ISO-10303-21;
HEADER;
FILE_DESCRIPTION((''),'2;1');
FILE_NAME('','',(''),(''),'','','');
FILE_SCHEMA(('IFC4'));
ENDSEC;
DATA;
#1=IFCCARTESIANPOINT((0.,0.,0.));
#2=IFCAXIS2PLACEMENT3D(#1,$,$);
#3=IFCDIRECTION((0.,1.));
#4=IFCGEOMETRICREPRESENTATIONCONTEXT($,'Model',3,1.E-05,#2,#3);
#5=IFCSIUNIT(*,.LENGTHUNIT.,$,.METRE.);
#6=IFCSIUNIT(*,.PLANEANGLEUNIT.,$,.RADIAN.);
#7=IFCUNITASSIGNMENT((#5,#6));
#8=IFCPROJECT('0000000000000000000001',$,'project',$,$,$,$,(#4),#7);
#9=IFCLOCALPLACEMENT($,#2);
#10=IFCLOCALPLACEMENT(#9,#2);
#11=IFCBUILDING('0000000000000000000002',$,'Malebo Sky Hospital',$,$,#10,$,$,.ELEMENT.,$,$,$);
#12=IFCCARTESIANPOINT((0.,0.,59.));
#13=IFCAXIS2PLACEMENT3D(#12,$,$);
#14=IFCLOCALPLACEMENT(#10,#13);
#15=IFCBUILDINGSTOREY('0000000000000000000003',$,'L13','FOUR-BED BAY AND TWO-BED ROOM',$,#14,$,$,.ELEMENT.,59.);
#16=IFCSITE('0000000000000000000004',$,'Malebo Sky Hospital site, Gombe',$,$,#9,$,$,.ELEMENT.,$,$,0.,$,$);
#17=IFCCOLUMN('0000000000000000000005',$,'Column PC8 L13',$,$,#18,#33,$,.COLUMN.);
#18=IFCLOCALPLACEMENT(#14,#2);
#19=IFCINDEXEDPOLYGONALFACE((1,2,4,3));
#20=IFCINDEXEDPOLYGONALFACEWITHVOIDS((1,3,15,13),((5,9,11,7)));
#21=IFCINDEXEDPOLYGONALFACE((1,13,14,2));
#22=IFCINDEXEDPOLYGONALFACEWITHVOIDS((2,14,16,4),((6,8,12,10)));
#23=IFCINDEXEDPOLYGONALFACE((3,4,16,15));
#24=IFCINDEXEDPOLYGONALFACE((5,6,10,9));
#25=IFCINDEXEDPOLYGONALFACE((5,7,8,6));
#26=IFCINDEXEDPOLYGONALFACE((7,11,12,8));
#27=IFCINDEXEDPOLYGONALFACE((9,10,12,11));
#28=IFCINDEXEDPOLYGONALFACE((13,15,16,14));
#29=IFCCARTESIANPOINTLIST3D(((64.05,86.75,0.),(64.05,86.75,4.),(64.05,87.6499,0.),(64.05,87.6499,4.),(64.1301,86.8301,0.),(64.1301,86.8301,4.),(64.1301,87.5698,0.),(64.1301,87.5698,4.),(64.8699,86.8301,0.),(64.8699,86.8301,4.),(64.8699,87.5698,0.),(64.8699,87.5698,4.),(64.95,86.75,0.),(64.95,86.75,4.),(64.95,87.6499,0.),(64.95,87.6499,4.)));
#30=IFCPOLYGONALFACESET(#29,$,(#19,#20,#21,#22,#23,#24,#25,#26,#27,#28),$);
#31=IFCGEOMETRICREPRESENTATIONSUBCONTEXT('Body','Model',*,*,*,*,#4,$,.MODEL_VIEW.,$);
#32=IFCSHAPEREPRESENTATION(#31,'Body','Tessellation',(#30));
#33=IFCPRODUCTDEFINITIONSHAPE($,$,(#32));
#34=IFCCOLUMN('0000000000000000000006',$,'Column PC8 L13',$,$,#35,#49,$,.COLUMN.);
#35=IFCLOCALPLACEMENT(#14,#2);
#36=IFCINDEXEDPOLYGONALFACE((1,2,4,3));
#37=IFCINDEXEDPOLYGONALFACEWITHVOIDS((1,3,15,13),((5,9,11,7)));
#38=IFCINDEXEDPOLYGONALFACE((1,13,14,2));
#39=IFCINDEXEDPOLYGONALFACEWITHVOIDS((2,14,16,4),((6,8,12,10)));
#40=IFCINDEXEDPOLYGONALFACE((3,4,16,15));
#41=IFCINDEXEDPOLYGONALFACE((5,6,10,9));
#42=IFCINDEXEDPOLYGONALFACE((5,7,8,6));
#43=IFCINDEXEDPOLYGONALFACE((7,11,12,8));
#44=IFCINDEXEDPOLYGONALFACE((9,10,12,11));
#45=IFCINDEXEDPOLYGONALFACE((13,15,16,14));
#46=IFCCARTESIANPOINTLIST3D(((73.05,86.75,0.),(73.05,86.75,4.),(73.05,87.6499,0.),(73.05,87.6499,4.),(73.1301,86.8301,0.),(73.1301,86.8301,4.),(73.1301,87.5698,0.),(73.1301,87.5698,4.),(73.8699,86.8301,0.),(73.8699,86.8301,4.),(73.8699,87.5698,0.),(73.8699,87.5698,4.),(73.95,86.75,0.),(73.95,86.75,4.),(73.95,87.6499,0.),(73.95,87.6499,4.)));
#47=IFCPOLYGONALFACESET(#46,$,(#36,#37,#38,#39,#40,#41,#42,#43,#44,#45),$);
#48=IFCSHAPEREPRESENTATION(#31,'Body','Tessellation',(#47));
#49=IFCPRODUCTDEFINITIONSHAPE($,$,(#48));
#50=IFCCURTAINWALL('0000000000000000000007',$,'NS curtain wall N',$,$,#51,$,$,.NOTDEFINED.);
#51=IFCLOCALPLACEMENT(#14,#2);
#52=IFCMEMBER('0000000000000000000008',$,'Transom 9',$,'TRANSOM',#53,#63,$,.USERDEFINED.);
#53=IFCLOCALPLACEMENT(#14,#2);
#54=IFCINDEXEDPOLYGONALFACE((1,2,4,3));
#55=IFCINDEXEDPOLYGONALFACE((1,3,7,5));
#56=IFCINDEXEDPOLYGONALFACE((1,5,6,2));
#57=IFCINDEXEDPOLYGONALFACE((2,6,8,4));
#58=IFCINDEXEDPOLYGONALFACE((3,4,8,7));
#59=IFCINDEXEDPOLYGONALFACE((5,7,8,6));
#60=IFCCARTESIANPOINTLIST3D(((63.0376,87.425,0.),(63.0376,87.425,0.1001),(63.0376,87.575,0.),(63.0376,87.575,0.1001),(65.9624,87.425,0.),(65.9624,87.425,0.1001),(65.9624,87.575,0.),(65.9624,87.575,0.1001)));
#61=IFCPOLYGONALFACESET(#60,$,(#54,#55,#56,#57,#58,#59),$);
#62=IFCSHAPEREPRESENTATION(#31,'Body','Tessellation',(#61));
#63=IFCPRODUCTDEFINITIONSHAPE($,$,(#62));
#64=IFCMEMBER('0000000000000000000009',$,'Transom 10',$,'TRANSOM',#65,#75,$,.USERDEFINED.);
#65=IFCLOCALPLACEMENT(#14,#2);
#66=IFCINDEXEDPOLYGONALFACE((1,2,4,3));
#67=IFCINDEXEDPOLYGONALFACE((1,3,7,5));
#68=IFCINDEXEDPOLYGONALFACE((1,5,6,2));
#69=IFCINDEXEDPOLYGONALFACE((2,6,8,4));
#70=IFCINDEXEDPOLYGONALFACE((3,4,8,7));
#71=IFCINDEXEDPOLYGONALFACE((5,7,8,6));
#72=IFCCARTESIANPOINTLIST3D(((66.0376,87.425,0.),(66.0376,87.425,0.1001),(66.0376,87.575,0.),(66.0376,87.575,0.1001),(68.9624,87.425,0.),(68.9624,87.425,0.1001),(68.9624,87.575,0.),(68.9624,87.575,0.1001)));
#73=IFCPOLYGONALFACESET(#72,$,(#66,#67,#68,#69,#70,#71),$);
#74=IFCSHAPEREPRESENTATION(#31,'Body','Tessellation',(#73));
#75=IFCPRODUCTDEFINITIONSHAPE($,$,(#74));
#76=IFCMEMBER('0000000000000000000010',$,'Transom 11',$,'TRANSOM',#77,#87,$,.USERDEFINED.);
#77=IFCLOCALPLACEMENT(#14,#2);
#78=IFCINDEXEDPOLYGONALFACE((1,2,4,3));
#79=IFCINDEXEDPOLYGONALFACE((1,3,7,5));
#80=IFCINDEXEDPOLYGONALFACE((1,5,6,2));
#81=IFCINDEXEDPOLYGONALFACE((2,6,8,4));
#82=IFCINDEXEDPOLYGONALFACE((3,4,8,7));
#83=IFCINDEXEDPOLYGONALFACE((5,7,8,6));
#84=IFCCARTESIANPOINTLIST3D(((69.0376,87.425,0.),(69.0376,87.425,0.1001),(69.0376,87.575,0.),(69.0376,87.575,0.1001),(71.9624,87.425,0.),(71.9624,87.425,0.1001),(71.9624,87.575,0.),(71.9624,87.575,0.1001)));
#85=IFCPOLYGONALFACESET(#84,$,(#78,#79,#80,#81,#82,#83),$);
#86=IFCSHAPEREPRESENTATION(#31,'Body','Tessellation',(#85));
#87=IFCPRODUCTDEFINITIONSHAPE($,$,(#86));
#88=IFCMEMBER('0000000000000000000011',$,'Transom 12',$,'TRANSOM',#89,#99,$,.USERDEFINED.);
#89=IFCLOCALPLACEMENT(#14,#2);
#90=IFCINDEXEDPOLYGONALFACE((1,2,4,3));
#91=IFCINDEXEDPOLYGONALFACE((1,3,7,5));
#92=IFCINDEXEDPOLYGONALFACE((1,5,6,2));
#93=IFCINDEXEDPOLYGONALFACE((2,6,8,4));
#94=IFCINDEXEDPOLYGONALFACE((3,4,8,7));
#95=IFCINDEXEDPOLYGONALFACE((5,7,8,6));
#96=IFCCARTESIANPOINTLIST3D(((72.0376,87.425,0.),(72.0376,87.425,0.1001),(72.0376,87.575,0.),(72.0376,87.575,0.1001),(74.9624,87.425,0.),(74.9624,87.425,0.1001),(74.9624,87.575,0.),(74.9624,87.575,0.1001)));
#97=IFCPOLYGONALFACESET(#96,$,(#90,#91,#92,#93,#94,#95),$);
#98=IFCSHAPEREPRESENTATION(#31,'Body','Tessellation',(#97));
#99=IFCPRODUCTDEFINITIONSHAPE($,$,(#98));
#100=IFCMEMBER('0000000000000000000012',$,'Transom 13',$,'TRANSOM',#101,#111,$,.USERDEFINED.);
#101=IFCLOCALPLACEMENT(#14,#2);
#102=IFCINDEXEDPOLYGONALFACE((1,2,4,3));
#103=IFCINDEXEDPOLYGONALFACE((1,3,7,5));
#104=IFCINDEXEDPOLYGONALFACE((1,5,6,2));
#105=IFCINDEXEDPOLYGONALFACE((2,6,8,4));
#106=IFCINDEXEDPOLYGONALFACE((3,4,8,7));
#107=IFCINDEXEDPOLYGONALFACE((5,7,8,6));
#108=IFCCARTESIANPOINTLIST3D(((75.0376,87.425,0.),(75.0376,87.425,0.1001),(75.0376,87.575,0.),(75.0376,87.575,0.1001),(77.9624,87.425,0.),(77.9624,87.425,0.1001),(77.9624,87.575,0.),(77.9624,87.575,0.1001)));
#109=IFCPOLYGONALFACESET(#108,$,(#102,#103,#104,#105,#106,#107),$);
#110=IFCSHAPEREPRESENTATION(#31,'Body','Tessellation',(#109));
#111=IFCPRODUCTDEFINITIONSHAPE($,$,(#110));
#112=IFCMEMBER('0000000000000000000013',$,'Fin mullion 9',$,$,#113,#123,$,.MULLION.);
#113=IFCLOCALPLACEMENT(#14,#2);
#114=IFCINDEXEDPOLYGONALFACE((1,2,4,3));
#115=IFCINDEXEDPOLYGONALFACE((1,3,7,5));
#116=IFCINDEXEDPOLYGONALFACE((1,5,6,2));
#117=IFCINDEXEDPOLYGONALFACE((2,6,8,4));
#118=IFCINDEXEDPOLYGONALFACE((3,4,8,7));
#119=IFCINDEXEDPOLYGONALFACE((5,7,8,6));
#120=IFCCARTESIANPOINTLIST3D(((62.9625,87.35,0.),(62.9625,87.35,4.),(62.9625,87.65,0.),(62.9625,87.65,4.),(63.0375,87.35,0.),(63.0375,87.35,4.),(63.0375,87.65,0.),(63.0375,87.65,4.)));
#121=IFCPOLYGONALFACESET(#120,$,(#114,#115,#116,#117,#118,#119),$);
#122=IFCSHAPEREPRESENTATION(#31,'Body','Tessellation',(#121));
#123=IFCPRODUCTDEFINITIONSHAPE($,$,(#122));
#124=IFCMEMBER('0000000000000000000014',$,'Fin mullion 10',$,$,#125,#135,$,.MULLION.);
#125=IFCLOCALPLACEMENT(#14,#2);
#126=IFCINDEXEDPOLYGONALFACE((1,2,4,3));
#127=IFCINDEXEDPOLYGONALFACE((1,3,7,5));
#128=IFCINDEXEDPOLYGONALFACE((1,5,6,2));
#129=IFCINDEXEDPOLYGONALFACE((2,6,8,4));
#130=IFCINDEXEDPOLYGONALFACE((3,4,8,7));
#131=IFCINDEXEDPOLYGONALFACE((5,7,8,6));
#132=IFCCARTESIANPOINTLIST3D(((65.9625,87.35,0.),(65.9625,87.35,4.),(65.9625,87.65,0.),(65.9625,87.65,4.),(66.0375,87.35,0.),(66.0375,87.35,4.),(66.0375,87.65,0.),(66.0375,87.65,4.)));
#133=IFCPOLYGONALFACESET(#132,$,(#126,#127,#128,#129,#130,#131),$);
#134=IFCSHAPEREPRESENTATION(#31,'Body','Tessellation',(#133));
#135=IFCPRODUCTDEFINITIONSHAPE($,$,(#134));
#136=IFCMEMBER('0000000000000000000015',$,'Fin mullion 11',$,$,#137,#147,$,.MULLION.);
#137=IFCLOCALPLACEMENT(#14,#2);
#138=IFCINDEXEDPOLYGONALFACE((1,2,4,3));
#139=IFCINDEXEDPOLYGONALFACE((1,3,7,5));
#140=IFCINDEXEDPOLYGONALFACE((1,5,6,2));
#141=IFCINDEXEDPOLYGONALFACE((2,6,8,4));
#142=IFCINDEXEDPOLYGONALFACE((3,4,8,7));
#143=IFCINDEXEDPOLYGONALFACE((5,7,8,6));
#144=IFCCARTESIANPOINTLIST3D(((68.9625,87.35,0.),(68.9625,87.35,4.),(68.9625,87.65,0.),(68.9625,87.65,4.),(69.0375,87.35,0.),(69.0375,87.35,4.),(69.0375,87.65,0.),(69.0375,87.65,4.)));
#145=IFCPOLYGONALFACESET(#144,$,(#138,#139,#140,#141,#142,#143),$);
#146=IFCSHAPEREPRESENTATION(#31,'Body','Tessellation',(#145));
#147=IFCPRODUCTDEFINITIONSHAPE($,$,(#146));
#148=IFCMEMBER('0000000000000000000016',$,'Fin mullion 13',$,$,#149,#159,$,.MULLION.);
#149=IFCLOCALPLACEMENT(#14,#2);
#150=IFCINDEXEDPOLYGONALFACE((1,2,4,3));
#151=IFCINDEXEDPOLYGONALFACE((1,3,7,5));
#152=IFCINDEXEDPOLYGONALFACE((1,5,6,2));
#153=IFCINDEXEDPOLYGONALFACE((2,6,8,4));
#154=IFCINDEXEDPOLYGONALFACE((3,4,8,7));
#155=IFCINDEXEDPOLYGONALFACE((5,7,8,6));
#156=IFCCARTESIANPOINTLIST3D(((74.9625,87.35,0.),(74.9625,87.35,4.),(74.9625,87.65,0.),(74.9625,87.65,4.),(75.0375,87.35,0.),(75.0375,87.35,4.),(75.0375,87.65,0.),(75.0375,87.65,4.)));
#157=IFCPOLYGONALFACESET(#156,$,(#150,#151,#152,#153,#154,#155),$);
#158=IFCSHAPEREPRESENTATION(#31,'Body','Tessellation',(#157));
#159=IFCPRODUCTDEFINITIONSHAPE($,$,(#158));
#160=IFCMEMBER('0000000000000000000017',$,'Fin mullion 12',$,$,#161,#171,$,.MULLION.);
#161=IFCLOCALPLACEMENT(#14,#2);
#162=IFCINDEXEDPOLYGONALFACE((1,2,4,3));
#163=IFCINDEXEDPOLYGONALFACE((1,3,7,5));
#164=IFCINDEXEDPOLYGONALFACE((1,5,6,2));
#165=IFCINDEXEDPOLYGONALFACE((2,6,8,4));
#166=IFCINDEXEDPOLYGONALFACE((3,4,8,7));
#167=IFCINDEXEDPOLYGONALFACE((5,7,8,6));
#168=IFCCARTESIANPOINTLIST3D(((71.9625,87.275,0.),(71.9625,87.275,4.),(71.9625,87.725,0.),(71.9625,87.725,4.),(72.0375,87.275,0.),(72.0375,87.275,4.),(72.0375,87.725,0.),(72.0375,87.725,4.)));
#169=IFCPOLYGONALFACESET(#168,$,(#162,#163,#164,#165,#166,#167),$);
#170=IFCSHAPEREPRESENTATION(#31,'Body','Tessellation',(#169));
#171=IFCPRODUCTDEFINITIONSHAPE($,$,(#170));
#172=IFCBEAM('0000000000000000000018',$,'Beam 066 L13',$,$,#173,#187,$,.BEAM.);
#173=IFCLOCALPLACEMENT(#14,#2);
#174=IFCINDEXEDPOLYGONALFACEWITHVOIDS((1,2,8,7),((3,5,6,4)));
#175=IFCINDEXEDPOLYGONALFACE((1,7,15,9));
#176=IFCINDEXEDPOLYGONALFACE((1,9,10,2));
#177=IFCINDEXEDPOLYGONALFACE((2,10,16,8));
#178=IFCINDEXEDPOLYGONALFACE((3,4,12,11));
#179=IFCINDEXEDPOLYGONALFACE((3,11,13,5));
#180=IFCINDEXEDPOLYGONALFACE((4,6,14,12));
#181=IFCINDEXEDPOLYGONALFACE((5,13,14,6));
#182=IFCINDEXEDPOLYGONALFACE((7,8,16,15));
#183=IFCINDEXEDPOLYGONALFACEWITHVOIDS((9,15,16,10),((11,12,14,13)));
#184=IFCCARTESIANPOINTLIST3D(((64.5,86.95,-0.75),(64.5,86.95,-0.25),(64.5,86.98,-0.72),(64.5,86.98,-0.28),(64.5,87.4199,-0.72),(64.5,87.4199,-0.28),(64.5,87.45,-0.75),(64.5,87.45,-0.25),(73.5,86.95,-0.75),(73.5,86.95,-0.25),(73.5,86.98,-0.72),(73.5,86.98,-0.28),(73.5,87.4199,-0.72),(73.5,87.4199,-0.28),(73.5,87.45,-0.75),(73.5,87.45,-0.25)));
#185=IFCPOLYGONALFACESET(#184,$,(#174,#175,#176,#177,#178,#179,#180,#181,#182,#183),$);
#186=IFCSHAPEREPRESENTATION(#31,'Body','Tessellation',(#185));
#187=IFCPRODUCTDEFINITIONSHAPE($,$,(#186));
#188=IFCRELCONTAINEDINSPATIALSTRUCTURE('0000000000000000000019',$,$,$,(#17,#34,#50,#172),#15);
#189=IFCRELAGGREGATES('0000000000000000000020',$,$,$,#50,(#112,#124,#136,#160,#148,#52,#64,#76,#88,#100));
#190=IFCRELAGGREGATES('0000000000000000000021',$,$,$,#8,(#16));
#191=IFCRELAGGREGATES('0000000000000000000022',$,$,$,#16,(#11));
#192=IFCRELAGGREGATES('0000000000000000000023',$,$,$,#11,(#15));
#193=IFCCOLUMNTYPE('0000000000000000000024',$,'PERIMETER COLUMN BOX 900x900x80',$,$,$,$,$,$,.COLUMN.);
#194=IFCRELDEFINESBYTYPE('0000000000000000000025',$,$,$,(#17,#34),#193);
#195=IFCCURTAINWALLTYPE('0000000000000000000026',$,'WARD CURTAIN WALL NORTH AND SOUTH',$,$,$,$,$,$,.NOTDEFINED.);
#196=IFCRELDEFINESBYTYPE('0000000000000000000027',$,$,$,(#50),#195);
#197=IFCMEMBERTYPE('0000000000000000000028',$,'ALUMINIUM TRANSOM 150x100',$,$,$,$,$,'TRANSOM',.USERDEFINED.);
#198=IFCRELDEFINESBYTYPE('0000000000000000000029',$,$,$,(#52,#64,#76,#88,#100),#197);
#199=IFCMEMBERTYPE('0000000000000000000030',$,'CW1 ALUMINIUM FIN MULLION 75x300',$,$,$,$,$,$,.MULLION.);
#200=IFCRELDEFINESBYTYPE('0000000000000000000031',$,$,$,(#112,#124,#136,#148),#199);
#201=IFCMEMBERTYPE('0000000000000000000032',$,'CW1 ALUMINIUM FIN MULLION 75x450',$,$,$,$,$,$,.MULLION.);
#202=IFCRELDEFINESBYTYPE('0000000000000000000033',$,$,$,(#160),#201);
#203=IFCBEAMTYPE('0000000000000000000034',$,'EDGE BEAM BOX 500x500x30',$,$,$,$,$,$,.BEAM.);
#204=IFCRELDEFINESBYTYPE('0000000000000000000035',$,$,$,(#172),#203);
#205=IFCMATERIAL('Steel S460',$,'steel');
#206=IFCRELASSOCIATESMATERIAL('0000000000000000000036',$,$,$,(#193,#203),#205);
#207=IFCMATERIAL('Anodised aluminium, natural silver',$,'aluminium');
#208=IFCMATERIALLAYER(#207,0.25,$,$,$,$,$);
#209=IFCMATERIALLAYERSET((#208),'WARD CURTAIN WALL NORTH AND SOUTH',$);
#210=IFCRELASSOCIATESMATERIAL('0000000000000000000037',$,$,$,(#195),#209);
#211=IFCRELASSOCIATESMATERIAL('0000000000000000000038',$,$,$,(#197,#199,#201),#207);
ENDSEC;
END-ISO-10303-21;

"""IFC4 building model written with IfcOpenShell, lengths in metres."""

from ifc_helpers import new_model, si_unit, direction, frame, origin, origin_2d, place, context, subcontext, project, spatial, rectangle, hollow_rectangle, extrude, material, layer, layer_set, material_profile, profile_set, type_object, element, aggregate, save


model = new_model("IFC4")

# Units and contexts
model_context = context("Model", 3, precision=1e-05, world=origin(), true_north=direction((0.0, 1.0)))
body_context = subcontext(model_context, "Body", "Model", "MODEL_VIEW")
ifc_project = project(units=[si_unit("LENGTHUNIT", "METRE"), si_unit("PLANEANGLEUNIT", "RADIAN")], contexts=[model_context])

# Site, building, storey
site_placement = place(None, origin())
site = spatial("IfcSite", under=ifc_project, at=site_placement, Name="Malebo Sky Hospital site, Gombe", CompositionType="ELEMENT", RefElevation=0.0)
building_placement = place(site_placement, origin())
building = spatial("IfcBuilding", under=site, at=building_placement, Name="Malebo Sky Hospital", CompositionType="ELEMENT")
storey_placement = place(building_placement, frame((0.0, 0.0, 59.0)))
storey = spatial("IfcBuildingStorey", under=building, at=storey_placement, Name="L13", Description="FOUR-BED BAY AND TWO-BED ROOM", CompositionType="ELEMENT", Elevation=59.0)

# Columns
ifc_material_1 = material(Name="Steel S460", Category="steel")
ifc_material_profile_1 = material_profile(ifc_material_1, hollow_rectangle(XDim=0.8999, YDim=0.8999, WallThickness=0.0801, at=origin_2d()), Name="BOX 900x900x80")
ifc_profile_set_1 = profile_set([ifc_material_profile_1], Name="Steel S460")
column_type = type_object("IfcColumnType", Name="PERIMETER COLUMN BOX 900x900x80", PredefinedType="COLUMN", material=ifc_profile_set_1)
for number, where, z_axis, x_axis, name in (
    (1, (64.5, 87.2, 0.0), (0.0, 0.0, 1.0), (1.0, 0.0, 0.0), "Column PC8 L13"),
    (2, (73.5, 87.2, 0.0), (0.0, 0.0, 1.0), (1.0, 0.0, 0.0), "Column PC8 L13"),
):
    element("IfcColumn", number, at=place(storey_placement, frame(where, z_axis=z_axis, x_axis=x_axis)), inside=storey, type_object=column_type, Name=name, PredefinedType="COLUMN", context=body_context, shape_type="SweptSolid", body=[
        extrude(hollow_rectangle(XDim=0.8999, YDim=0.8999, WallThickness=0.0801, at=origin_2d()), origin(), (0.0, 0.0, 1.0), 4.0),
    ])

# Curtain wall, members
ifc_material_2 = material(Name="Anodised aluminium, natural silver", Category="aluminium")
ifc_layer_1 = layer(ifc_material_2, 0.25)
ifc_layer_set_1 = layer_set([ifc_layer_1], Name="WARD CURTAIN WALL NORTH AND SOUTH")
curtain_wall_type = type_object("IfcCurtainWallType", Name="WARD CURTAIN WALL NORTH AND SOUTH", PredefinedType="NOTDEFINED", material=ifc_layer_set_1)
curtain_wall_placement = place(storey_placement, origin())
curtain_wall = element("IfcCurtainWall", 3, at=curtain_wall_placement, inside=storey, type_object=curtain_wall_type, Name="NS curtain wall N", PredefinedType="NOTDEFINED")
ifc_material_profile_2 = material_profile(ifc_material_2, rectangle(XDim=0.1499, YDim=0.1001, at=origin_2d()), Name="ALUMINIUM TRANSOM 150x100")
ifc_profile_set_2 = profile_set([ifc_material_profile_2], Name="Anodised aluminium, natural silver")
member_type_1 = type_object("IfcMemberType", Name="ALUMINIUM TRANSOM 150x100", ElementType="TRANSOM", PredefinedType="USERDEFINED", material=ifc_profile_set_2)
member_1_placement = place(storey_placement, frame((63.0376, 87.5, 0.05), z_axis=(1.0, 0.0, 0.0), x_axis=(0.0, 1.0, 0.0)))
member_1 = element("IfcMember", 4, at=member_1_placement, type_object=member_type_1, Name="Transom 9", ObjectType="TRANSOM", PredefinedType="USERDEFINED", context=body_context, shape_type="SweptSolid", body=[
    extrude(rectangle(XDim=0.1499, YDim=0.1001, at=origin_2d()), origin(), (0.0, 0.0, 1.0), 2.9248),
])
member_2_placement = place(storey_placement, frame((66.0376, 87.5, 0.05), z_axis=(1.0, 0.0, 0.0), x_axis=(0.0, 1.0, 0.0)))
member_2 = element("IfcMember", 5, at=member_2_placement, type_object=member_type_1, Name="Transom 10", ObjectType="TRANSOM", PredefinedType="USERDEFINED", context=body_context, shape_type="SweptSolid", body=[
    extrude(rectangle(XDim=0.1499, YDim=0.1001, at=origin_2d()), origin(), (0.0, 0.0, 1.0), 2.9248),
])
member_3_placement = place(storey_placement, frame((69.0376, 87.5, 0.05), z_axis=(1.0, 0.0, 0.0), x_axis=(0.0, 1.0, 0.0)))
member_3 = element("IfcMember", 6, at=member_3_placement, type_object=member_type_1, Name="Transom 11", ObjectType="TRANSOM", PredefinedType="USERDEFINED", context=body_context, shape_type="SweptSolid", body=[
    extrude(rectangle(XDim=0.1499, YDim=0.1001, at=origin_2d()), origin(), (0.0, 0.0, 1.0), 2.9248),
])
member_4_placement = place(storey_placement, frame((72.0376, 87.5, 0.05), z_axis=(1.0, 0.0, 0.0), x_axis=(0.0, 1.0, 0.0)))
member_4 = element("IfcMember", 7, at=member_4_placement, type_object=member_type_1, Name="Transom 12", ObjectType="TRANSOM", PredefinedType="USERDEFINED", context=body_context, shape_type="SweptSolid", body=[
    extrude(rectangle(XDim=0.1499, YDim=0.1001, at=origin_2d()), origin(), (0.0, 0.0, 1.0), 2.9248),
])
member_5_placement = place(storey_placement, frame((75.0376, 87.5, 0.05), z_axis=(1.0, 0.0, 0.0), x_axis=(0.0, 1.0, 0.0)))
member_5 = element("IfcMember", 8, at=member_5_placement, type_object=member_type_1, Name="Transom 13", ObjectType="TRANSOM", PredefinedType="USERDEFINED", context=body_context, shape_type="SweptSolid", body=[
    extrude(rectangle(XDim=0.1499, YDim=0.1001, at=origin_2d()), origin(), (0.0, 0.0, 1.0), 2.9248),
])
ifc_material_profile_3 = material_profile(ifc_material_2, rectangle(XDim=0.075, YDim=0.3, at=origin_2d()), Name="CW1 ALUMINIUM FIN MULLION 75x300")
ifc_profile_set_3 = profile_set([ifc_material_profile_3], Name="Anodised aluminium, natural silver")
member_type_2 = type_object("IfcMemberType", Name="CW1 ALUMINIUM FIN MULLION 75x300", PredefinedType="MULLION", material=ifc_profile_set_3)
member_6_placement = place(storey_placement, frame((63.0, 87.5, 0.0), z_axis=(0.0, 0.0, 1.0), x_axis=(1.0, 0.0, 0.0)))
member_6 = element("IfcMember", 9, at=member_6_placement, type_object=member_type_2, Name="Fin mullion 9", PredefinedType="MULLION", context=body_context, shape_type="SweptSolid", body=[
    extrude(rectangle(XDim=0.075, YDim=0.3, at=origin_2d()), origin(), (0.0, 0.0, 1.0), 4.0),
])
member_7_placement = place(storey_placement, frame((66.0, 87.5, 0.0), z_axis=(0.0, 0.0, 1.0), x_axis=(1.0, 0.0, 0.0)))
member_7 = element("IfcMember", 10, at=member_7_placement, type_object=member_type_2, Name="Fin mullion 10", PredefinedType="MULLION", context=body_context, shape_type="SweptSolid", body=[
    extrude(rectangle(XDim=0.075, YDim=0.3, at=origin_2d()), origin(), (0.0, 0.0, 1.0), 4.0),
])
member_8_placement = place(storey_placement, frame((69.0, 87.5, 0.0), z_axis=(0.0, 0.0, 1.0), x_axis=(1.0, 0.0, 0.0)))
member_8 = element("IfcMember", 11, at=member_8_placement, type_object=member_type_2, Name="Fin mullion 11", PredefinedType="MULLION", context=body_context, shape_type="SweptSolid", body=[
    extrude(rectangle(XDim=0.075, YDim=0.3, at=origin_2d()), origin(), (0.0, 0.0, 1.0), 4.0),
])
member_9_placement = place(storey_placement, frame((75.0, 87.5, 0.0), z_axis=(0.0, 0.0, 1.0), x_axis=(1.0, 0.0, 0.0)))
member_9 = element("IfcMember", 12, at=member_9_placement, type_object=member_type_2, Name="Fin mullion 13", PredefinedType="MULLION", context=body_context, shape_type="SweptSolid", body=[
    extrude(rectangle(XDim=0.075, YDim=0.3, at=origin_2d()), origin(), (0.0, 0.0, 1.0), 4.0),
])
ifc_material_profile_4 = material_profile(ifc_material_2, rectangle(XDim=0.075, YDim=0.45, at=origin_2d()), Name="CW1 ALUMINIUM FIN MULLION 75x450")
ifc_profile_set_4 = profile_set([ifc_material_profile_4], Name="Anodised aluminium, natural silver")
member_type_3 = type_object("IfcMemberType", Name="CW1 ALUMINIUM FIN MULLION 75x450", PredefinedType="MULLION", material=ifc_profile_set_4)
member_10_placement = place(storey_placement, frame((72.0, 87.5, 0.0), z_axis=(0.0, 0.0, 1.0), x_axis=(1.0, 0.0, 0.0)))
member_10 = element("IfcMember", 13, at=member_10_placement, type_object=member_type_3, Name="Fin mullion 12", PredefinedType="MULLION", context=body_context, shape_type="SweptSolid", body=[
    extrude(rectangle(XDim=0.075, YDim=0.45, at=origin_2d()), origin(), (0.0, 0.0, 1.0), 4.0),
])

# Beam
ifc_material_profile_5 = material_profile(ifc_material_1, hollow_rectangle(XDim=0.5, YDim=0.5, WallThickness=0.03, at=origin_2d()), Name="BOX 500x500x30")
ifc_profile_set_5 = profile_set([ifc_material_profile_5], Name="Steel S460")
beam_type_1 = type_object("IfcBeamType", Name="EDGE BEAM BOX 500x500x30", PredefinedType="BEAM", material=ifc_profile_set_5)
beam_1_placement = place(storey_placement, frame((64.5, 87.2, -0.5), z_axis=(1.0, 0.0, 0.0), x_axis=(0.0, 1.0, 0.0)))
element("IfcBeam", 14, at=beam_1_placement, inside=storey, type_object=beam_type_1, Name="Beam 066 L13", PredefinedType="BEAM", context=body_context, shape_type="SweptSolid", body=[
    extrude(hollow_rectangle(XDim=0.5, YDim=0.5, WallThickness=0.03, at=origin_2d()), origin(), (0.0, 0.0, 1.0), 9.0),
])

aggregate(curtain_wall, [member_6, member_7, member_8, member_10, member_9, member_1, member_2, member_3, member_4, member_5])

save(model, "model.ifc")
